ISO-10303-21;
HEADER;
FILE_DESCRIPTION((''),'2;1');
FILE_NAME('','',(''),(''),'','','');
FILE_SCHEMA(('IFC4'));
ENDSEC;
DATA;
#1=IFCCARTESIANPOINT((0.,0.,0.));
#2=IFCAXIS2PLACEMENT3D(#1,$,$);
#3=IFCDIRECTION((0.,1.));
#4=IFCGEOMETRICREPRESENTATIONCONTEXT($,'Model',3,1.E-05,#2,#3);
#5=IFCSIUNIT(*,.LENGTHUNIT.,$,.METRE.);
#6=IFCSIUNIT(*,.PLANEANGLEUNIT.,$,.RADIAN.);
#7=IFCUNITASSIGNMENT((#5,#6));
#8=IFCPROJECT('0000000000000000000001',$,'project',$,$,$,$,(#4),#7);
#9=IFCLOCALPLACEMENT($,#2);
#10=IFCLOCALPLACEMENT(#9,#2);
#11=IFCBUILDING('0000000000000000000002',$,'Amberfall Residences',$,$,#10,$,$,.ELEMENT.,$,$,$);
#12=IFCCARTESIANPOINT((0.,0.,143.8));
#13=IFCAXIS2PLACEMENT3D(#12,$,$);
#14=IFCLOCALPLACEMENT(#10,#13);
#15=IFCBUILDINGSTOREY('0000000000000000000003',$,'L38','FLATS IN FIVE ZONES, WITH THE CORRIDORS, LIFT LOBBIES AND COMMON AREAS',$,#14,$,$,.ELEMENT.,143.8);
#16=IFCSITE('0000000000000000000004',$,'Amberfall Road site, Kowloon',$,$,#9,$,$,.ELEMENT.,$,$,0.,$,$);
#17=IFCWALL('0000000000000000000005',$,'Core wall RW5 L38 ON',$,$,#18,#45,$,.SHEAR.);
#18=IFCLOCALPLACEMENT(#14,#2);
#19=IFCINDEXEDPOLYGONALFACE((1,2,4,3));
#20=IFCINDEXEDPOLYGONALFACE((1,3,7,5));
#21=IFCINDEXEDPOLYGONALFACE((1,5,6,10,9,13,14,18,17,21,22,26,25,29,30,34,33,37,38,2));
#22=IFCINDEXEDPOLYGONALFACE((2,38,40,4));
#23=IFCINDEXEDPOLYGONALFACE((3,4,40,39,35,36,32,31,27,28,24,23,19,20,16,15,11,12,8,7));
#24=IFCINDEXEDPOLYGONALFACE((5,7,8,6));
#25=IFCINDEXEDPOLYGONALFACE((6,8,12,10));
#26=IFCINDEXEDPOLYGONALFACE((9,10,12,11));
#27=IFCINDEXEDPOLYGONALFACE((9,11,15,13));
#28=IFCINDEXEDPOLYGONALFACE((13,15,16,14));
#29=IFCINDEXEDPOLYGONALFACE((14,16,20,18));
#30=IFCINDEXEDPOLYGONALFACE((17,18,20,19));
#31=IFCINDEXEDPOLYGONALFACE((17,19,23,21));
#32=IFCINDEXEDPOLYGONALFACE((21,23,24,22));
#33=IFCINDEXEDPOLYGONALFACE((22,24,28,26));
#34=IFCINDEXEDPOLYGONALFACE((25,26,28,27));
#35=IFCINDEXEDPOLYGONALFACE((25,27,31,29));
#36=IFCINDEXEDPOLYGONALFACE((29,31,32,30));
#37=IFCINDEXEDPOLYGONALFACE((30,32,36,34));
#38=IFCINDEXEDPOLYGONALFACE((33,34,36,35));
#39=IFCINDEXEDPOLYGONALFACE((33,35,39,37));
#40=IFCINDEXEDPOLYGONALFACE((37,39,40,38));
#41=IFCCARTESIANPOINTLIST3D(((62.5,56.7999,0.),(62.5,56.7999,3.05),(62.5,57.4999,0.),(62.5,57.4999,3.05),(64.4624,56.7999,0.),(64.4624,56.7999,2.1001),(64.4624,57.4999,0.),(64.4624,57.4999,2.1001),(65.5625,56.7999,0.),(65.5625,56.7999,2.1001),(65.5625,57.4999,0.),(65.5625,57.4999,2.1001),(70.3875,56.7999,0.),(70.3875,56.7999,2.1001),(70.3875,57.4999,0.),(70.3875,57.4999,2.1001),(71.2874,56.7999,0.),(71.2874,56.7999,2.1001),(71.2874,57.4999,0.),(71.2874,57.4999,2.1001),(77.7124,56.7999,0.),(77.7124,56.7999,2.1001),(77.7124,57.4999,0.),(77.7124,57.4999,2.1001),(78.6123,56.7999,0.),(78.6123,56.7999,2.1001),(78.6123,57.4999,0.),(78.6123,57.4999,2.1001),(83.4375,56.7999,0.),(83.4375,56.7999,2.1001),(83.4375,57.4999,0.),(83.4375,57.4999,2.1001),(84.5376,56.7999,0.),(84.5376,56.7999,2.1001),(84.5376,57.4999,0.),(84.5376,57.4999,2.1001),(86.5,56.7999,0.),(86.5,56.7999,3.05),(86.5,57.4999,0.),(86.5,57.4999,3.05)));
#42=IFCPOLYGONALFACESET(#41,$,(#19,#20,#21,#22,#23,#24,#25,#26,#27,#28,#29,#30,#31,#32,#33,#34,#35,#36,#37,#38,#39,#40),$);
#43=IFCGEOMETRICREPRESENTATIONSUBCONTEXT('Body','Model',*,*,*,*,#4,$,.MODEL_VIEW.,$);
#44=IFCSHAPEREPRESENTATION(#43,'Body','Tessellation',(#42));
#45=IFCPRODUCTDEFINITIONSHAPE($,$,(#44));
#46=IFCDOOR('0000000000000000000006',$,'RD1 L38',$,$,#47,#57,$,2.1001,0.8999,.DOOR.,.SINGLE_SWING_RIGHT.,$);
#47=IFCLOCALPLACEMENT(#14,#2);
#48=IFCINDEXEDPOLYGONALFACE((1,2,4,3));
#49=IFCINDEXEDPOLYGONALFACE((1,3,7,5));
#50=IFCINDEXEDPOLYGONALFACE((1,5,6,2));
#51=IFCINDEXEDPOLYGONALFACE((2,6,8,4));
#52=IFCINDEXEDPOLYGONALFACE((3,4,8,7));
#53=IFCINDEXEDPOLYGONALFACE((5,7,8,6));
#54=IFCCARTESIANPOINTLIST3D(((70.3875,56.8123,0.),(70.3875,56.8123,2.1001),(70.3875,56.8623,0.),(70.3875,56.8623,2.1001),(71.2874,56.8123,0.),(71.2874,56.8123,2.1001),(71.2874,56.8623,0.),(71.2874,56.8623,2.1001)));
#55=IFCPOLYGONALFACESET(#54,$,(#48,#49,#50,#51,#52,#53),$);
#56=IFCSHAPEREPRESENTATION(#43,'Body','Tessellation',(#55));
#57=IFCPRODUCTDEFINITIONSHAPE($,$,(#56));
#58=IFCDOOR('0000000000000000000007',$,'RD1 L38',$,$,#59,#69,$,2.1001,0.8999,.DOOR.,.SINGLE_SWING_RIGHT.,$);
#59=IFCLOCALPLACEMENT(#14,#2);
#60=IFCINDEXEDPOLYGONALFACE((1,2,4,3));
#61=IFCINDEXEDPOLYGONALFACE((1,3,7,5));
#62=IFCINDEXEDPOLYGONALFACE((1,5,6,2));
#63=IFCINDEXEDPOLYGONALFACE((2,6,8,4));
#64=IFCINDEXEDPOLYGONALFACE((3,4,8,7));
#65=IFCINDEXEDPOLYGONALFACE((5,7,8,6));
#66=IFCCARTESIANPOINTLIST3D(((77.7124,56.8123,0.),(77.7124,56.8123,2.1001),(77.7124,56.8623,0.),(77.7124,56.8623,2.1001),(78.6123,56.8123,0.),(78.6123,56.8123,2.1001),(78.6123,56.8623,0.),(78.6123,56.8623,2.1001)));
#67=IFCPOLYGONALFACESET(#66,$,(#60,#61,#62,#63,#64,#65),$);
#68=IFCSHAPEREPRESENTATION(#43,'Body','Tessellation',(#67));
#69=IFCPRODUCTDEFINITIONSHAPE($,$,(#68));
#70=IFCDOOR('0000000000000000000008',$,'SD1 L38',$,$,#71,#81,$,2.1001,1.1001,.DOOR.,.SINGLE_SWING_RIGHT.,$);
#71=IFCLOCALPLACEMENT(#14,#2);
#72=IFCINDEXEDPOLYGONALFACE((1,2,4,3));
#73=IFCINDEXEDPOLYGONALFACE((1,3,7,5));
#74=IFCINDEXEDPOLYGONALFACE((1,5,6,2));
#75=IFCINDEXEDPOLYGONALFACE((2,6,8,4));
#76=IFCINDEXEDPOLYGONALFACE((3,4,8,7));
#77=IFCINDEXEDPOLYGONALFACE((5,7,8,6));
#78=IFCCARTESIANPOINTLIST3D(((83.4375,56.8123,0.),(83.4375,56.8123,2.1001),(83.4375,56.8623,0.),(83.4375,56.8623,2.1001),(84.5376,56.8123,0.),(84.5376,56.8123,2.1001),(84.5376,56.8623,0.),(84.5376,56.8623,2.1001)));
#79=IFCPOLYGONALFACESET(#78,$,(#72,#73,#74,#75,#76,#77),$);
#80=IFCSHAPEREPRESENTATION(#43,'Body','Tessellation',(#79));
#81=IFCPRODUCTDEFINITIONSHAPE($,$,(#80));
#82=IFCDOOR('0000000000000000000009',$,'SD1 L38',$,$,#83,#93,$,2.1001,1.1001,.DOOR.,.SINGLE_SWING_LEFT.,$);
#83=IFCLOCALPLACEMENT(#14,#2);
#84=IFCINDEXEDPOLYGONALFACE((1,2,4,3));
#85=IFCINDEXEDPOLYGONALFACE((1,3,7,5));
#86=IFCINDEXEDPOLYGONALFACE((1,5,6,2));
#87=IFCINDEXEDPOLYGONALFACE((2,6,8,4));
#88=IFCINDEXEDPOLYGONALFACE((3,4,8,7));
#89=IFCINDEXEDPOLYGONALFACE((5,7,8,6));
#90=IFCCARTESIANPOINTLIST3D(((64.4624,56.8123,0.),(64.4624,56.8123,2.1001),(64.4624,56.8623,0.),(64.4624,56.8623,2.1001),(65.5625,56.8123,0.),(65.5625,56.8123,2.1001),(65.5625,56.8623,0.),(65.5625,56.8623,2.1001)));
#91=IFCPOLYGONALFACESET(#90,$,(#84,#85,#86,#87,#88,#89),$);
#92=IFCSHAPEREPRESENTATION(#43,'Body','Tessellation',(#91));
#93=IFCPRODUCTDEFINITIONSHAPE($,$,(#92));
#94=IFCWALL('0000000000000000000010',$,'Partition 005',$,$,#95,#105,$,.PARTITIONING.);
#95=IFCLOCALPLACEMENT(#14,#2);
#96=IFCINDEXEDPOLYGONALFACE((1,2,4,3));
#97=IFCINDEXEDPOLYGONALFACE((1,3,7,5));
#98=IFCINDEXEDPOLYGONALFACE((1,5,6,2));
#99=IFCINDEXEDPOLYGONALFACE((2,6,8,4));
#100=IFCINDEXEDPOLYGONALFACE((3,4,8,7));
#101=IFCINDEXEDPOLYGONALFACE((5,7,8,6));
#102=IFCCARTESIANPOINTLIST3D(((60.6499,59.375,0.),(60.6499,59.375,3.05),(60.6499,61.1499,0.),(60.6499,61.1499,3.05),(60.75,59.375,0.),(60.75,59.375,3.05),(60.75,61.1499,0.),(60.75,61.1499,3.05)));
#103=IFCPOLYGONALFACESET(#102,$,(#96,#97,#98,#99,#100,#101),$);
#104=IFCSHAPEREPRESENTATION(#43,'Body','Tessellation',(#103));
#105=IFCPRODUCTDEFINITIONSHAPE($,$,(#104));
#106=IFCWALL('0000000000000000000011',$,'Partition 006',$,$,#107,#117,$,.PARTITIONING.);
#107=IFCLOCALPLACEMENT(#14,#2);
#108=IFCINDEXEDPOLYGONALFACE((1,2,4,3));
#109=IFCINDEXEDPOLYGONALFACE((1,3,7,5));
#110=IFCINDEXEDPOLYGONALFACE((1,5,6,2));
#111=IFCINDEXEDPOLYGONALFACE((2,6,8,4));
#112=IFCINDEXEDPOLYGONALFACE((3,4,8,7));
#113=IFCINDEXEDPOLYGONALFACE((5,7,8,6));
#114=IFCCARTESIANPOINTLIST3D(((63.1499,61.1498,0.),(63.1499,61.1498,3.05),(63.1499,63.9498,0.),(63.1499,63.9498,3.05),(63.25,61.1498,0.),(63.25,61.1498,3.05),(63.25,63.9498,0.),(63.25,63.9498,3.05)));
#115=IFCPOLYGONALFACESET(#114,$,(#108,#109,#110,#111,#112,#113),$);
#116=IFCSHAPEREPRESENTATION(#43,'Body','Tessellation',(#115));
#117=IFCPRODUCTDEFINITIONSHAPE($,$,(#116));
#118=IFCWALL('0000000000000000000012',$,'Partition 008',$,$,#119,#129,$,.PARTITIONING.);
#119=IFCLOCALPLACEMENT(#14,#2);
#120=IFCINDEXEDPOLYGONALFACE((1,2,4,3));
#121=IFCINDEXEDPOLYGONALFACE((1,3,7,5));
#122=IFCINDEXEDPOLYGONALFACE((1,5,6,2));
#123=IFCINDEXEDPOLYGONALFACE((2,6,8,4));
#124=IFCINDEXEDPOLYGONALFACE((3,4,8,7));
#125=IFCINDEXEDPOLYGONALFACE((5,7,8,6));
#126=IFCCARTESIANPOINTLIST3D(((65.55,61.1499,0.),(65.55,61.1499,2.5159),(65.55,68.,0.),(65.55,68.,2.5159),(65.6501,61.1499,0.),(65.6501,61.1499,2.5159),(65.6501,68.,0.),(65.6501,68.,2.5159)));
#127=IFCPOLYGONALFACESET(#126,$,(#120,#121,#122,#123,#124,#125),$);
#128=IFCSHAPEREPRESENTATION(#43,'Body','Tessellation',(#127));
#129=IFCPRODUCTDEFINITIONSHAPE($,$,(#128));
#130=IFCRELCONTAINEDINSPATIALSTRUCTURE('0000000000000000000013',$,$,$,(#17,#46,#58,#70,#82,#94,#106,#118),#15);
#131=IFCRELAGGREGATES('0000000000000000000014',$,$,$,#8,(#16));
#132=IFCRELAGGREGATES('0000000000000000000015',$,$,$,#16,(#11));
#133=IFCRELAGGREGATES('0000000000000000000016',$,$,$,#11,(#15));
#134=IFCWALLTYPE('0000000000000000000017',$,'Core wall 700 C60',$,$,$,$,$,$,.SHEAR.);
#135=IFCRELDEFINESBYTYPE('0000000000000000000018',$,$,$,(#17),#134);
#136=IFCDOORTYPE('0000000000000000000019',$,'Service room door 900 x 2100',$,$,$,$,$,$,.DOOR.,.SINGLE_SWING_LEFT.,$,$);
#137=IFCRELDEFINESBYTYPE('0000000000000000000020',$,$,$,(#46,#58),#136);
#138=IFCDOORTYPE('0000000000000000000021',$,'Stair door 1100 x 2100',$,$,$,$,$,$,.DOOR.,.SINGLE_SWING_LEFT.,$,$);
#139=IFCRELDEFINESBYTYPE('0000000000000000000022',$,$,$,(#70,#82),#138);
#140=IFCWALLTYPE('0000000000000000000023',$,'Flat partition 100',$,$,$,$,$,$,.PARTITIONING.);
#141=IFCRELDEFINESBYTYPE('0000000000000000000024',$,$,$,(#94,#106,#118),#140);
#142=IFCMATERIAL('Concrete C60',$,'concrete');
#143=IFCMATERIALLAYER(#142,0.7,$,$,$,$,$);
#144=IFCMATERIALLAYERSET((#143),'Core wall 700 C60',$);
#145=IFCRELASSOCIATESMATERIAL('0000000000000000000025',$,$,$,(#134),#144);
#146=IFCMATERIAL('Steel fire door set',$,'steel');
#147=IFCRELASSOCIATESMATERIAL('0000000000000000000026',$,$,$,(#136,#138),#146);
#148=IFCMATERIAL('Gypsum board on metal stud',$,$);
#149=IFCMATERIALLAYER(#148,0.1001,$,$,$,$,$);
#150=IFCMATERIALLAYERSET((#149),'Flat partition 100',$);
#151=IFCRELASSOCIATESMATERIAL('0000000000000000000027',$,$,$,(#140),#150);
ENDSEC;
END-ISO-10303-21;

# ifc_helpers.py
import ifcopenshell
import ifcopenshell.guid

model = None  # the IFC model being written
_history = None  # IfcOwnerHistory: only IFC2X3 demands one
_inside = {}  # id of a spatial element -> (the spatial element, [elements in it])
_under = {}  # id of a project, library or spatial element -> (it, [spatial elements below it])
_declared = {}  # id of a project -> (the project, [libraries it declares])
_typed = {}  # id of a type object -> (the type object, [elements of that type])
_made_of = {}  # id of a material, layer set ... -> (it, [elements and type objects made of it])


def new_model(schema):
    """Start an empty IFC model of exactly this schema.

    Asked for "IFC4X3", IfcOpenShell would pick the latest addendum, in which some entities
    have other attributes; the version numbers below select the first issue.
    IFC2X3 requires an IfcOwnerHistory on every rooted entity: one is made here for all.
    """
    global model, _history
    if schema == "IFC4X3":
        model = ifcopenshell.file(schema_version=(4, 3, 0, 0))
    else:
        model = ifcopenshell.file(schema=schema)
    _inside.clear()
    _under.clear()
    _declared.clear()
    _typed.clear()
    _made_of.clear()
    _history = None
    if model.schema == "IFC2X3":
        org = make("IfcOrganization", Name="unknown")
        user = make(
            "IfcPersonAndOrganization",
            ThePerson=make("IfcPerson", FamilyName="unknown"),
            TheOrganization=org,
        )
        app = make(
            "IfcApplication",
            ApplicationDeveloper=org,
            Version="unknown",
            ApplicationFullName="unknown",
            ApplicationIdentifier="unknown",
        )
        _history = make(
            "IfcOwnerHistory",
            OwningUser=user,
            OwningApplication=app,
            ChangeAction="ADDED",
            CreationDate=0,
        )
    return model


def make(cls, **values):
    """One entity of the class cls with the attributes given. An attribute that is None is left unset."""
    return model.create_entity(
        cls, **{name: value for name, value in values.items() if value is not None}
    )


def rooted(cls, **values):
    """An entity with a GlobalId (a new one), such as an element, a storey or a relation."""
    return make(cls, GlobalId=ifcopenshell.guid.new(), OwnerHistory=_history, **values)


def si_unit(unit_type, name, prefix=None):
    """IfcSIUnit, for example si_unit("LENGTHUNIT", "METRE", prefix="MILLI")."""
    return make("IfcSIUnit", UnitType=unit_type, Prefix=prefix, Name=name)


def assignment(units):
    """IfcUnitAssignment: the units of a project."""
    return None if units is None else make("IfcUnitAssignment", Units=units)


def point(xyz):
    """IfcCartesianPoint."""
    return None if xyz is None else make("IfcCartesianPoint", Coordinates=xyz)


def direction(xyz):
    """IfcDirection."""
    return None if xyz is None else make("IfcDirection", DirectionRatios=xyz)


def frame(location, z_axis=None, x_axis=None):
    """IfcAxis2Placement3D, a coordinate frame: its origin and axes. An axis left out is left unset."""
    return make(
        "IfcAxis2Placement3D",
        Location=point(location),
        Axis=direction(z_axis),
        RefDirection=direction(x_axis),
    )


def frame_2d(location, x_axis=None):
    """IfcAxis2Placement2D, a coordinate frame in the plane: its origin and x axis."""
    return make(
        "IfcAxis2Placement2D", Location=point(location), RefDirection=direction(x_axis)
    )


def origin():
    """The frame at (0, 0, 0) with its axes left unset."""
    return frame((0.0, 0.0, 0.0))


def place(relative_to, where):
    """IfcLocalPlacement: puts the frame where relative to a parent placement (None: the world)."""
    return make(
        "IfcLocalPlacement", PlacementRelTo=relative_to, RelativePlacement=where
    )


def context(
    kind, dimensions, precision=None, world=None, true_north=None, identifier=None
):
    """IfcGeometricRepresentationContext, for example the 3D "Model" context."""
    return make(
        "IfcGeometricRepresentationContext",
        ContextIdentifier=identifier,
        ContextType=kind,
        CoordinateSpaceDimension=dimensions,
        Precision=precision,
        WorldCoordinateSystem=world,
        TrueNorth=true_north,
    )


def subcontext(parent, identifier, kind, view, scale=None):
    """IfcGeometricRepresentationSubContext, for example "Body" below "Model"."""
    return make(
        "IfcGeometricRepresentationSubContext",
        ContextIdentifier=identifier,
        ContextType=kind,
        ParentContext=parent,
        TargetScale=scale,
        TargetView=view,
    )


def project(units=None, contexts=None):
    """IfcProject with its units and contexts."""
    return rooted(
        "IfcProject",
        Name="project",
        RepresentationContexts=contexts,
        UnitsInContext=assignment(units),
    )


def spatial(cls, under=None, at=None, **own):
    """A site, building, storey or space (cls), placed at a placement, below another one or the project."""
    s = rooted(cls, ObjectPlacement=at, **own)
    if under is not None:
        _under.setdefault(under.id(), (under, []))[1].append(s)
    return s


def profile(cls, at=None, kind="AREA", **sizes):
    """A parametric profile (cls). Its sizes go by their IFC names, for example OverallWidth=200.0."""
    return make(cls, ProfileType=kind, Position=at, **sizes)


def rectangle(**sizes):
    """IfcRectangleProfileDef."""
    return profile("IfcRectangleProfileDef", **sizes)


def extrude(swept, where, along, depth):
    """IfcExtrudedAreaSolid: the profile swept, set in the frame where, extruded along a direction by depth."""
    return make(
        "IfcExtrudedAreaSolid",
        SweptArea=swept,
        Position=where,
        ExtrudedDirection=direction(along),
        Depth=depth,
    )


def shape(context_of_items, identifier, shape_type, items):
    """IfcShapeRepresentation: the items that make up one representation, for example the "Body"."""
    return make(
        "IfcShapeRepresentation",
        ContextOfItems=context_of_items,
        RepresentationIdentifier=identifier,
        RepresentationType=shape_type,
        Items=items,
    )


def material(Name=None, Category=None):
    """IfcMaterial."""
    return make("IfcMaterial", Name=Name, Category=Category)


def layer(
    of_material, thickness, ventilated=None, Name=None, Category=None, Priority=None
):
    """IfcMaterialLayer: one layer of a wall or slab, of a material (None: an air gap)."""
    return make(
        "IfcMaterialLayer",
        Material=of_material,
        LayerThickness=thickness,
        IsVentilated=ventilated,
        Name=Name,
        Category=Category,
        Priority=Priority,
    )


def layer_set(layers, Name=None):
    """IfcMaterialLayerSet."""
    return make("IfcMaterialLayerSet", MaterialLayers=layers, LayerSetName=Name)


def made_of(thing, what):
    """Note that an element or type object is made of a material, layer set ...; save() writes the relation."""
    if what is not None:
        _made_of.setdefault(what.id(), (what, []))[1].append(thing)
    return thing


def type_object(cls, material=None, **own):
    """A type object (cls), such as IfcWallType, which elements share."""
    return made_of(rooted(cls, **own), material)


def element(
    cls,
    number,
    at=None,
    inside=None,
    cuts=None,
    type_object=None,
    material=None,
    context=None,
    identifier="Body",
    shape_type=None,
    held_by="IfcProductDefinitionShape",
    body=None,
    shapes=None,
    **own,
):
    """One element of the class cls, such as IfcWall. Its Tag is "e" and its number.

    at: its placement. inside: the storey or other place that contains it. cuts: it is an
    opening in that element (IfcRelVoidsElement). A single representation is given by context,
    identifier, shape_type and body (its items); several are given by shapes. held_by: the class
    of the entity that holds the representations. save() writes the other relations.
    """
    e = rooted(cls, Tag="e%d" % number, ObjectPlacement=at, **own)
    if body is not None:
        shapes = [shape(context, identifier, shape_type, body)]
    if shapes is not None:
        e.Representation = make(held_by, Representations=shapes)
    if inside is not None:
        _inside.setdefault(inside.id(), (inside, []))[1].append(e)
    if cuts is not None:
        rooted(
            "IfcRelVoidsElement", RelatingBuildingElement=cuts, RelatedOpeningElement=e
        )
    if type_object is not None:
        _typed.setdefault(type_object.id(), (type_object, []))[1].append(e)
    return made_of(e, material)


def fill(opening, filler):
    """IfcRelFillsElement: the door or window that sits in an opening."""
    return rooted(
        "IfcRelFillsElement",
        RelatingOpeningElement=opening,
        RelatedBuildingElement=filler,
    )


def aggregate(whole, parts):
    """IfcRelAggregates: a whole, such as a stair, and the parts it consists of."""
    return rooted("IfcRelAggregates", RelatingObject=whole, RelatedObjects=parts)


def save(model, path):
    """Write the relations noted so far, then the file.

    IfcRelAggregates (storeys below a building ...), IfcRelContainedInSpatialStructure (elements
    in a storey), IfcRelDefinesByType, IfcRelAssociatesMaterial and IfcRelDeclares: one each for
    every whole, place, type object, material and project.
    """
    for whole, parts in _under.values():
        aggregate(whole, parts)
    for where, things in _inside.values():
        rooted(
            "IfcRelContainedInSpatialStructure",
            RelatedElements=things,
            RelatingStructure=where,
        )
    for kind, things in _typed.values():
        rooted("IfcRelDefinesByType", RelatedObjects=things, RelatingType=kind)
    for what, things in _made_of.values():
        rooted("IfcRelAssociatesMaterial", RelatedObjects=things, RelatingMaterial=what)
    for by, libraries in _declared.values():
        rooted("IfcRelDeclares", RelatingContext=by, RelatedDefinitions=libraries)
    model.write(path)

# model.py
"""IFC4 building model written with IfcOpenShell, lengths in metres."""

from ifc_helpers import new_model, si_unit, direction, frame, frame_2d, origin, place, context, subcontext, project, spatial, rectangle, extrude, material, layer, layer_set, type_object, element, fill, save


model = new_model("IFC4")

# Units and contexts
model_context = context("Model", 3, precision=1e-05, world=origin(), true_north=direction((0.0, 1.0)))
body_context = subcontext(model_context, "Body", "Model", "MODEL_VIEW")
ifc_project = project(units=[si_unit("LENGTHUNIT", "METRE"), si_unit("PLANEANGLEUNIT", "RADIAN")], contexts=[model_context])

# Site, building, storey
site_placement = place(None, origin())
site = spatial("IfcSite", under=ifc_project, at=site_placement, Name="Amberfall Road site, Kowloon", CompositionType="ELEMENT", RefElevation=0.0)
building_placement = place(site_placement, origin())
building = spatial("IfcBuilding", under=site, at=building_placement, Name="Amberfall Residences", CompositionType="ELEMENT")
storey_placement = place(building_placement, frame((0.0, 0.0, 143.8)))
storey = spatial("IfcBuildingStorey", under=building, at=storey_placement, Name="L38", Description="FLATS IN FIVE ZONES, WITH THE CORRIDORS, LIFT LOBBIES AND COMMON AREAS", CompositionType="ELEMENT", Elevation=143.8)

# Wall, openings, doors
ifc_material_1 = material(Name="Concrete C60", Category="concrete")
ifc_layer_1 = layer(ifc_material_1, 0.7)
ifc_layer_set_1 = layer_set([ifc_layer_1], Name="Core wall 700 C60")
wall_type_1 = type_object("IfcWallType", Name="Core wall 700 C60", PredefinedType="SHEAR", material=ifc_layer_set_1)
wall_1_placement = place(storey_placement, frame((62.5, 57.1499, 0.0), z_axis=(0.0, 0.0, 1.0), x_axis=(1.0, 0.0, 0.0)))
wall_1 = element("IfcWall", 1, at=wall_1_placement, inside=storey, type_object=wall_type_1, Name="Core wall RW5 L38 ON", PredefinedType="SHEAR", context=body_context, shape_type="SweptSolid", body=[
    extrude(rectangle(XDim=24.0, YDim=0.7, at=frame_2d((12.0, 0.0))), origin(), (0.0, 0.0, 1.0), 3.05),
])
opening_1_placement = place(wall_1_placement, frame((20.9375, 0.0, 0.0)))
opening_1 = element("IfcOpeningElement", 2, at=opening_1_placement, cuts=wall_1, PredefinedType="OPENING", context=body_context, shape_type="SweptSolid", body=[
    extrude(rectangle(XDim=1.1001, YDim=2.1001, at=frame_2d((0.55, 1.05))), frame((0.0, 0.3599, 0.0), z_axis=(0.0, -1.0, 0.0), x_axis=(1.0, 0.0, 0.0)), (0.0, 0.0, 1.0), 0.72),
])
opening_2_placement = place(wall_1_placement, frame((1.9624, 0.0, 0.0)))
opening_2 = element("IfcOpeningElement", 3, at=opening_2_placement, cuts=wall_1, PredefinedType="OPENING", context=body_context, shape_type="SweptSolid", body=[
    extrude(rectangle(XDim=1.1001, YDim=2.1001, at=frame_2d((0.55, 1.05))), frame((0.0, 0.3599, 0.0), z_axis=(0.0, -1.0, 0.0), x_axis=(1.0, 0.0, 0.0)), (0.0, 0.0, 1.0), 0.72),
])
opening_3_placement = place(wall_1_placement, frame((7.8875, 0.0, 0.0)))
opening_3 = element("IfcOpeningElement", 4, at=opening_3_placement, cuts=wall_1, PredefinedType="OPENING", context=body_context, shape_type="SweptSolid", body=[
    extrude(rectangle(XDim=0.8999, YDim=2.1001, at=frame_2d((0.45, 1.05))), frame((0.0, 0.3599, 0.0), z_axis=(0.0, -1.0, 0.0), x_axis=(1.0, 0.0, 0.0)), (0.0, 0.0, 1.0), 0.72),
])
opening_4_placement = place(wall_1_placement, frame((15.2124, 0.0, 0.0)))
opening_4 = element("IfcOpeningElement", 5, at=opening_4_placement, cuts=wall_1, PredefinedType="OPENING", context=body_context, shape_type="SweptSolid", body=[
    extrude(rectangle(XDim=0.8999, YDim=2.1001, at=frame_2d((0.45, 1.05))), frame((0.0, 0.3599, 0.0), z_axis=(0.0, -1.0, 0.0), x_axis=(1.0, 0.0, 0.0)), (0.0, 0.0, 1.0), 0.72),
])
ifc_material_2 = material(Name="Steel fire door set", Category="steel")
door_type_1 = type_object("IfcDoorType", Name="Service room door 900 x 2100", OperationType="SINGLE_SWING_LEFT", PredefinedType="DOOR", material=ifc_material_2)
door_1_placement = place(opening_3_placement, origin())
door_1 = element("IfcDoor", 6, at=door_1_placement, inside=storey, type_object=door_type_1, Name="RD1 L38", OperationType="SINGLE_SWING_RIGHT", OverallHeight=2.1001, OverallWidth=0.8999, PredefinedType="DOOR", context=body_context, shape_type="SweptSolid", body=[
    extrude(rectangle(XDim=0.8999, YDim=2.1001, at=frame_2d((0.45, 1.05))), frame((0.0, -0.2876, 0.0), z_axis=(0.0, -1.0, 0.0), x_axis=(1.0, 0.0, 0.0)), (0.0, 0.0, 1.0), 0.05),
])
fill(opening_3, door_1)
door_2_placement = place(opening_4_placement, origin())
door_2 = element("IfcDoor", 7, at=door_2_placement, inside=storey, type_object=door_type_1, Name="RD1 L38", OperationType="SINGLE_SWING_RIGHT", OverallHeight=2.1001, OverallWidth=0.8999, PredefinedType="DOOR", context=body_context, shape_type="SweptSolid", body=[
    extrude(rectangle(XDim=0.8999, YDim=2.1001, at=frame_2d((0.45, 1.05))), frame((0.0, -0.2876, 0.0), z_axis=(0.0, -1.0, 0.0), x_axis=(1.0, 0.0, 0.0)), (0.0, 0.0, 1.0), 0.05),
])
fill(opening_4, door_2)
door_type_2 = type_object("IfcDoorType", Name="Stair door 1100 x 2100", OperationType="SINGLE_SWING_LEFT", PredefinedType="DOOR", material=ifc_material_2)
door_3_placement = place(opening_1_placement, origin())
door_3 = element("IfcDoor", 8, at=door_3_placement, inside=storey, type_object=door_type_2, Name="SD1 L38", OperationType="SINGLE_SWING_RIGHT", OverallHeight=2.1001, OverallWidth=1.1001, PredefinedType="DOOR", context=body_context, shape_type="SweptSolid", body=[
    extrude(rectangle(XDim=1.1001, YDim=2.1001, at=frame_2d((0.55, 1.05))), frame((0.0, -0.2876, 0.0), z_axis=(0.0, -1.0, 0.0), x_axis=(1.0, 0.0, 0.0)), (0.0, 0.0, 1.0), 0.05),
])
fill(opening_1, door_3)
door_4_placement = place(opening_2_placement, origin())
door_4 = element("IfcDoor", 9, at=door_4_placement, inside=storey, type_object=door_type_2, Name="SD1 L38", OperationType="SINGLE_SWING_LEFT", OverallHeight=2.1001, OverallWidth=1.1001, PredefinedType="DOOR", context=body_context, shape_type="SweptSolid", body=[
    extrude(rectangle(XDim=1.1001, YDim=2.1001, at=frame_2d((0.55, 1.05))), frame((0.0, -0.2876, 0.0), z_axis=(0.0, -1.0, 0.0), x_axis=(1.0, 0.0, 0.0)), (0.0, 0.0, 1.0), 0.05),
])
fill(opening_2, door_4)

# Walls
ifc_material_3 = material(Name="Gypsum board on metal stud")
ifc_layer_2 = layer(ifc_material_3, 0.1001)
ifc_layer_set_2 = layer_set([ifc_layer_2], Name="Flat partition 100")
wall_type_2 = type_object("IfcWallType", Name="Flat partition 100", PredefinedType="PARTITIONING", material=ifc_layer_set_2)
wall_2_placement = place(storey_placement, frame((60.7, 59.375, 0.0), z_axis=(0.0, 0.0, 1.0), x_axis=(0.0, 1.0, 0.0)))
element("IfcWall", 10, at=wall_2_placement, inside=storey, type_object=wall_type_2, Name="Partition 005", PredefinedType="PARTITIONING", context=body_context, shape_type="SweptSolid", body=[
    extrude(rectangle(XDim=1.7749, YDim=0.1001, at=frame_2d((0.8875, 0.0))), origin(), (0.0, 0.0, 1.0), 3.05),
])
wall_3_placement = place(storey_placement, frame((63.2, 61.1499, 0.0), z_axis=(0.0, 0.0, 1.0), x_axis=(0.0, 1.0, 0.0)))
element("IfcWall", 11, at=wall_3_placement, inside=storey, type_object=wall_type_2, Name="Partition 006", PredefinedType="PARTITIONING", context=body_context, shape_type="SweptSolid", body=[
    extrude(rectangle(XDim=2.8, YDim=0.1001, at=frame_2d((1.3999, 0.0))), origin(), (0.0, 0.0, 1.0), 3.05),
])
wall_4_placement = place(storey_placement, frame((65.6001, 61.1499, 0.0), z_axis=(0.0, 0.0, 1.0), x_axis=(0.0, 1.0, 0.0)))
element("IfcWall", 12, at=wall_4_placement, inside=storey, type_object=wall_type_2, Name="Partition 008", PredefinedType="PARTITIONING", context=body_context, shape_type="SweptSolid", body=[
    extrude(rectangle(XDim=6.8501, YDim=0.1001, at=frame_2d((3.425, 0.0))), origin(), (0.0, 0.0, 1.0), 2.5159),
])

save(model, "model.ifc")
